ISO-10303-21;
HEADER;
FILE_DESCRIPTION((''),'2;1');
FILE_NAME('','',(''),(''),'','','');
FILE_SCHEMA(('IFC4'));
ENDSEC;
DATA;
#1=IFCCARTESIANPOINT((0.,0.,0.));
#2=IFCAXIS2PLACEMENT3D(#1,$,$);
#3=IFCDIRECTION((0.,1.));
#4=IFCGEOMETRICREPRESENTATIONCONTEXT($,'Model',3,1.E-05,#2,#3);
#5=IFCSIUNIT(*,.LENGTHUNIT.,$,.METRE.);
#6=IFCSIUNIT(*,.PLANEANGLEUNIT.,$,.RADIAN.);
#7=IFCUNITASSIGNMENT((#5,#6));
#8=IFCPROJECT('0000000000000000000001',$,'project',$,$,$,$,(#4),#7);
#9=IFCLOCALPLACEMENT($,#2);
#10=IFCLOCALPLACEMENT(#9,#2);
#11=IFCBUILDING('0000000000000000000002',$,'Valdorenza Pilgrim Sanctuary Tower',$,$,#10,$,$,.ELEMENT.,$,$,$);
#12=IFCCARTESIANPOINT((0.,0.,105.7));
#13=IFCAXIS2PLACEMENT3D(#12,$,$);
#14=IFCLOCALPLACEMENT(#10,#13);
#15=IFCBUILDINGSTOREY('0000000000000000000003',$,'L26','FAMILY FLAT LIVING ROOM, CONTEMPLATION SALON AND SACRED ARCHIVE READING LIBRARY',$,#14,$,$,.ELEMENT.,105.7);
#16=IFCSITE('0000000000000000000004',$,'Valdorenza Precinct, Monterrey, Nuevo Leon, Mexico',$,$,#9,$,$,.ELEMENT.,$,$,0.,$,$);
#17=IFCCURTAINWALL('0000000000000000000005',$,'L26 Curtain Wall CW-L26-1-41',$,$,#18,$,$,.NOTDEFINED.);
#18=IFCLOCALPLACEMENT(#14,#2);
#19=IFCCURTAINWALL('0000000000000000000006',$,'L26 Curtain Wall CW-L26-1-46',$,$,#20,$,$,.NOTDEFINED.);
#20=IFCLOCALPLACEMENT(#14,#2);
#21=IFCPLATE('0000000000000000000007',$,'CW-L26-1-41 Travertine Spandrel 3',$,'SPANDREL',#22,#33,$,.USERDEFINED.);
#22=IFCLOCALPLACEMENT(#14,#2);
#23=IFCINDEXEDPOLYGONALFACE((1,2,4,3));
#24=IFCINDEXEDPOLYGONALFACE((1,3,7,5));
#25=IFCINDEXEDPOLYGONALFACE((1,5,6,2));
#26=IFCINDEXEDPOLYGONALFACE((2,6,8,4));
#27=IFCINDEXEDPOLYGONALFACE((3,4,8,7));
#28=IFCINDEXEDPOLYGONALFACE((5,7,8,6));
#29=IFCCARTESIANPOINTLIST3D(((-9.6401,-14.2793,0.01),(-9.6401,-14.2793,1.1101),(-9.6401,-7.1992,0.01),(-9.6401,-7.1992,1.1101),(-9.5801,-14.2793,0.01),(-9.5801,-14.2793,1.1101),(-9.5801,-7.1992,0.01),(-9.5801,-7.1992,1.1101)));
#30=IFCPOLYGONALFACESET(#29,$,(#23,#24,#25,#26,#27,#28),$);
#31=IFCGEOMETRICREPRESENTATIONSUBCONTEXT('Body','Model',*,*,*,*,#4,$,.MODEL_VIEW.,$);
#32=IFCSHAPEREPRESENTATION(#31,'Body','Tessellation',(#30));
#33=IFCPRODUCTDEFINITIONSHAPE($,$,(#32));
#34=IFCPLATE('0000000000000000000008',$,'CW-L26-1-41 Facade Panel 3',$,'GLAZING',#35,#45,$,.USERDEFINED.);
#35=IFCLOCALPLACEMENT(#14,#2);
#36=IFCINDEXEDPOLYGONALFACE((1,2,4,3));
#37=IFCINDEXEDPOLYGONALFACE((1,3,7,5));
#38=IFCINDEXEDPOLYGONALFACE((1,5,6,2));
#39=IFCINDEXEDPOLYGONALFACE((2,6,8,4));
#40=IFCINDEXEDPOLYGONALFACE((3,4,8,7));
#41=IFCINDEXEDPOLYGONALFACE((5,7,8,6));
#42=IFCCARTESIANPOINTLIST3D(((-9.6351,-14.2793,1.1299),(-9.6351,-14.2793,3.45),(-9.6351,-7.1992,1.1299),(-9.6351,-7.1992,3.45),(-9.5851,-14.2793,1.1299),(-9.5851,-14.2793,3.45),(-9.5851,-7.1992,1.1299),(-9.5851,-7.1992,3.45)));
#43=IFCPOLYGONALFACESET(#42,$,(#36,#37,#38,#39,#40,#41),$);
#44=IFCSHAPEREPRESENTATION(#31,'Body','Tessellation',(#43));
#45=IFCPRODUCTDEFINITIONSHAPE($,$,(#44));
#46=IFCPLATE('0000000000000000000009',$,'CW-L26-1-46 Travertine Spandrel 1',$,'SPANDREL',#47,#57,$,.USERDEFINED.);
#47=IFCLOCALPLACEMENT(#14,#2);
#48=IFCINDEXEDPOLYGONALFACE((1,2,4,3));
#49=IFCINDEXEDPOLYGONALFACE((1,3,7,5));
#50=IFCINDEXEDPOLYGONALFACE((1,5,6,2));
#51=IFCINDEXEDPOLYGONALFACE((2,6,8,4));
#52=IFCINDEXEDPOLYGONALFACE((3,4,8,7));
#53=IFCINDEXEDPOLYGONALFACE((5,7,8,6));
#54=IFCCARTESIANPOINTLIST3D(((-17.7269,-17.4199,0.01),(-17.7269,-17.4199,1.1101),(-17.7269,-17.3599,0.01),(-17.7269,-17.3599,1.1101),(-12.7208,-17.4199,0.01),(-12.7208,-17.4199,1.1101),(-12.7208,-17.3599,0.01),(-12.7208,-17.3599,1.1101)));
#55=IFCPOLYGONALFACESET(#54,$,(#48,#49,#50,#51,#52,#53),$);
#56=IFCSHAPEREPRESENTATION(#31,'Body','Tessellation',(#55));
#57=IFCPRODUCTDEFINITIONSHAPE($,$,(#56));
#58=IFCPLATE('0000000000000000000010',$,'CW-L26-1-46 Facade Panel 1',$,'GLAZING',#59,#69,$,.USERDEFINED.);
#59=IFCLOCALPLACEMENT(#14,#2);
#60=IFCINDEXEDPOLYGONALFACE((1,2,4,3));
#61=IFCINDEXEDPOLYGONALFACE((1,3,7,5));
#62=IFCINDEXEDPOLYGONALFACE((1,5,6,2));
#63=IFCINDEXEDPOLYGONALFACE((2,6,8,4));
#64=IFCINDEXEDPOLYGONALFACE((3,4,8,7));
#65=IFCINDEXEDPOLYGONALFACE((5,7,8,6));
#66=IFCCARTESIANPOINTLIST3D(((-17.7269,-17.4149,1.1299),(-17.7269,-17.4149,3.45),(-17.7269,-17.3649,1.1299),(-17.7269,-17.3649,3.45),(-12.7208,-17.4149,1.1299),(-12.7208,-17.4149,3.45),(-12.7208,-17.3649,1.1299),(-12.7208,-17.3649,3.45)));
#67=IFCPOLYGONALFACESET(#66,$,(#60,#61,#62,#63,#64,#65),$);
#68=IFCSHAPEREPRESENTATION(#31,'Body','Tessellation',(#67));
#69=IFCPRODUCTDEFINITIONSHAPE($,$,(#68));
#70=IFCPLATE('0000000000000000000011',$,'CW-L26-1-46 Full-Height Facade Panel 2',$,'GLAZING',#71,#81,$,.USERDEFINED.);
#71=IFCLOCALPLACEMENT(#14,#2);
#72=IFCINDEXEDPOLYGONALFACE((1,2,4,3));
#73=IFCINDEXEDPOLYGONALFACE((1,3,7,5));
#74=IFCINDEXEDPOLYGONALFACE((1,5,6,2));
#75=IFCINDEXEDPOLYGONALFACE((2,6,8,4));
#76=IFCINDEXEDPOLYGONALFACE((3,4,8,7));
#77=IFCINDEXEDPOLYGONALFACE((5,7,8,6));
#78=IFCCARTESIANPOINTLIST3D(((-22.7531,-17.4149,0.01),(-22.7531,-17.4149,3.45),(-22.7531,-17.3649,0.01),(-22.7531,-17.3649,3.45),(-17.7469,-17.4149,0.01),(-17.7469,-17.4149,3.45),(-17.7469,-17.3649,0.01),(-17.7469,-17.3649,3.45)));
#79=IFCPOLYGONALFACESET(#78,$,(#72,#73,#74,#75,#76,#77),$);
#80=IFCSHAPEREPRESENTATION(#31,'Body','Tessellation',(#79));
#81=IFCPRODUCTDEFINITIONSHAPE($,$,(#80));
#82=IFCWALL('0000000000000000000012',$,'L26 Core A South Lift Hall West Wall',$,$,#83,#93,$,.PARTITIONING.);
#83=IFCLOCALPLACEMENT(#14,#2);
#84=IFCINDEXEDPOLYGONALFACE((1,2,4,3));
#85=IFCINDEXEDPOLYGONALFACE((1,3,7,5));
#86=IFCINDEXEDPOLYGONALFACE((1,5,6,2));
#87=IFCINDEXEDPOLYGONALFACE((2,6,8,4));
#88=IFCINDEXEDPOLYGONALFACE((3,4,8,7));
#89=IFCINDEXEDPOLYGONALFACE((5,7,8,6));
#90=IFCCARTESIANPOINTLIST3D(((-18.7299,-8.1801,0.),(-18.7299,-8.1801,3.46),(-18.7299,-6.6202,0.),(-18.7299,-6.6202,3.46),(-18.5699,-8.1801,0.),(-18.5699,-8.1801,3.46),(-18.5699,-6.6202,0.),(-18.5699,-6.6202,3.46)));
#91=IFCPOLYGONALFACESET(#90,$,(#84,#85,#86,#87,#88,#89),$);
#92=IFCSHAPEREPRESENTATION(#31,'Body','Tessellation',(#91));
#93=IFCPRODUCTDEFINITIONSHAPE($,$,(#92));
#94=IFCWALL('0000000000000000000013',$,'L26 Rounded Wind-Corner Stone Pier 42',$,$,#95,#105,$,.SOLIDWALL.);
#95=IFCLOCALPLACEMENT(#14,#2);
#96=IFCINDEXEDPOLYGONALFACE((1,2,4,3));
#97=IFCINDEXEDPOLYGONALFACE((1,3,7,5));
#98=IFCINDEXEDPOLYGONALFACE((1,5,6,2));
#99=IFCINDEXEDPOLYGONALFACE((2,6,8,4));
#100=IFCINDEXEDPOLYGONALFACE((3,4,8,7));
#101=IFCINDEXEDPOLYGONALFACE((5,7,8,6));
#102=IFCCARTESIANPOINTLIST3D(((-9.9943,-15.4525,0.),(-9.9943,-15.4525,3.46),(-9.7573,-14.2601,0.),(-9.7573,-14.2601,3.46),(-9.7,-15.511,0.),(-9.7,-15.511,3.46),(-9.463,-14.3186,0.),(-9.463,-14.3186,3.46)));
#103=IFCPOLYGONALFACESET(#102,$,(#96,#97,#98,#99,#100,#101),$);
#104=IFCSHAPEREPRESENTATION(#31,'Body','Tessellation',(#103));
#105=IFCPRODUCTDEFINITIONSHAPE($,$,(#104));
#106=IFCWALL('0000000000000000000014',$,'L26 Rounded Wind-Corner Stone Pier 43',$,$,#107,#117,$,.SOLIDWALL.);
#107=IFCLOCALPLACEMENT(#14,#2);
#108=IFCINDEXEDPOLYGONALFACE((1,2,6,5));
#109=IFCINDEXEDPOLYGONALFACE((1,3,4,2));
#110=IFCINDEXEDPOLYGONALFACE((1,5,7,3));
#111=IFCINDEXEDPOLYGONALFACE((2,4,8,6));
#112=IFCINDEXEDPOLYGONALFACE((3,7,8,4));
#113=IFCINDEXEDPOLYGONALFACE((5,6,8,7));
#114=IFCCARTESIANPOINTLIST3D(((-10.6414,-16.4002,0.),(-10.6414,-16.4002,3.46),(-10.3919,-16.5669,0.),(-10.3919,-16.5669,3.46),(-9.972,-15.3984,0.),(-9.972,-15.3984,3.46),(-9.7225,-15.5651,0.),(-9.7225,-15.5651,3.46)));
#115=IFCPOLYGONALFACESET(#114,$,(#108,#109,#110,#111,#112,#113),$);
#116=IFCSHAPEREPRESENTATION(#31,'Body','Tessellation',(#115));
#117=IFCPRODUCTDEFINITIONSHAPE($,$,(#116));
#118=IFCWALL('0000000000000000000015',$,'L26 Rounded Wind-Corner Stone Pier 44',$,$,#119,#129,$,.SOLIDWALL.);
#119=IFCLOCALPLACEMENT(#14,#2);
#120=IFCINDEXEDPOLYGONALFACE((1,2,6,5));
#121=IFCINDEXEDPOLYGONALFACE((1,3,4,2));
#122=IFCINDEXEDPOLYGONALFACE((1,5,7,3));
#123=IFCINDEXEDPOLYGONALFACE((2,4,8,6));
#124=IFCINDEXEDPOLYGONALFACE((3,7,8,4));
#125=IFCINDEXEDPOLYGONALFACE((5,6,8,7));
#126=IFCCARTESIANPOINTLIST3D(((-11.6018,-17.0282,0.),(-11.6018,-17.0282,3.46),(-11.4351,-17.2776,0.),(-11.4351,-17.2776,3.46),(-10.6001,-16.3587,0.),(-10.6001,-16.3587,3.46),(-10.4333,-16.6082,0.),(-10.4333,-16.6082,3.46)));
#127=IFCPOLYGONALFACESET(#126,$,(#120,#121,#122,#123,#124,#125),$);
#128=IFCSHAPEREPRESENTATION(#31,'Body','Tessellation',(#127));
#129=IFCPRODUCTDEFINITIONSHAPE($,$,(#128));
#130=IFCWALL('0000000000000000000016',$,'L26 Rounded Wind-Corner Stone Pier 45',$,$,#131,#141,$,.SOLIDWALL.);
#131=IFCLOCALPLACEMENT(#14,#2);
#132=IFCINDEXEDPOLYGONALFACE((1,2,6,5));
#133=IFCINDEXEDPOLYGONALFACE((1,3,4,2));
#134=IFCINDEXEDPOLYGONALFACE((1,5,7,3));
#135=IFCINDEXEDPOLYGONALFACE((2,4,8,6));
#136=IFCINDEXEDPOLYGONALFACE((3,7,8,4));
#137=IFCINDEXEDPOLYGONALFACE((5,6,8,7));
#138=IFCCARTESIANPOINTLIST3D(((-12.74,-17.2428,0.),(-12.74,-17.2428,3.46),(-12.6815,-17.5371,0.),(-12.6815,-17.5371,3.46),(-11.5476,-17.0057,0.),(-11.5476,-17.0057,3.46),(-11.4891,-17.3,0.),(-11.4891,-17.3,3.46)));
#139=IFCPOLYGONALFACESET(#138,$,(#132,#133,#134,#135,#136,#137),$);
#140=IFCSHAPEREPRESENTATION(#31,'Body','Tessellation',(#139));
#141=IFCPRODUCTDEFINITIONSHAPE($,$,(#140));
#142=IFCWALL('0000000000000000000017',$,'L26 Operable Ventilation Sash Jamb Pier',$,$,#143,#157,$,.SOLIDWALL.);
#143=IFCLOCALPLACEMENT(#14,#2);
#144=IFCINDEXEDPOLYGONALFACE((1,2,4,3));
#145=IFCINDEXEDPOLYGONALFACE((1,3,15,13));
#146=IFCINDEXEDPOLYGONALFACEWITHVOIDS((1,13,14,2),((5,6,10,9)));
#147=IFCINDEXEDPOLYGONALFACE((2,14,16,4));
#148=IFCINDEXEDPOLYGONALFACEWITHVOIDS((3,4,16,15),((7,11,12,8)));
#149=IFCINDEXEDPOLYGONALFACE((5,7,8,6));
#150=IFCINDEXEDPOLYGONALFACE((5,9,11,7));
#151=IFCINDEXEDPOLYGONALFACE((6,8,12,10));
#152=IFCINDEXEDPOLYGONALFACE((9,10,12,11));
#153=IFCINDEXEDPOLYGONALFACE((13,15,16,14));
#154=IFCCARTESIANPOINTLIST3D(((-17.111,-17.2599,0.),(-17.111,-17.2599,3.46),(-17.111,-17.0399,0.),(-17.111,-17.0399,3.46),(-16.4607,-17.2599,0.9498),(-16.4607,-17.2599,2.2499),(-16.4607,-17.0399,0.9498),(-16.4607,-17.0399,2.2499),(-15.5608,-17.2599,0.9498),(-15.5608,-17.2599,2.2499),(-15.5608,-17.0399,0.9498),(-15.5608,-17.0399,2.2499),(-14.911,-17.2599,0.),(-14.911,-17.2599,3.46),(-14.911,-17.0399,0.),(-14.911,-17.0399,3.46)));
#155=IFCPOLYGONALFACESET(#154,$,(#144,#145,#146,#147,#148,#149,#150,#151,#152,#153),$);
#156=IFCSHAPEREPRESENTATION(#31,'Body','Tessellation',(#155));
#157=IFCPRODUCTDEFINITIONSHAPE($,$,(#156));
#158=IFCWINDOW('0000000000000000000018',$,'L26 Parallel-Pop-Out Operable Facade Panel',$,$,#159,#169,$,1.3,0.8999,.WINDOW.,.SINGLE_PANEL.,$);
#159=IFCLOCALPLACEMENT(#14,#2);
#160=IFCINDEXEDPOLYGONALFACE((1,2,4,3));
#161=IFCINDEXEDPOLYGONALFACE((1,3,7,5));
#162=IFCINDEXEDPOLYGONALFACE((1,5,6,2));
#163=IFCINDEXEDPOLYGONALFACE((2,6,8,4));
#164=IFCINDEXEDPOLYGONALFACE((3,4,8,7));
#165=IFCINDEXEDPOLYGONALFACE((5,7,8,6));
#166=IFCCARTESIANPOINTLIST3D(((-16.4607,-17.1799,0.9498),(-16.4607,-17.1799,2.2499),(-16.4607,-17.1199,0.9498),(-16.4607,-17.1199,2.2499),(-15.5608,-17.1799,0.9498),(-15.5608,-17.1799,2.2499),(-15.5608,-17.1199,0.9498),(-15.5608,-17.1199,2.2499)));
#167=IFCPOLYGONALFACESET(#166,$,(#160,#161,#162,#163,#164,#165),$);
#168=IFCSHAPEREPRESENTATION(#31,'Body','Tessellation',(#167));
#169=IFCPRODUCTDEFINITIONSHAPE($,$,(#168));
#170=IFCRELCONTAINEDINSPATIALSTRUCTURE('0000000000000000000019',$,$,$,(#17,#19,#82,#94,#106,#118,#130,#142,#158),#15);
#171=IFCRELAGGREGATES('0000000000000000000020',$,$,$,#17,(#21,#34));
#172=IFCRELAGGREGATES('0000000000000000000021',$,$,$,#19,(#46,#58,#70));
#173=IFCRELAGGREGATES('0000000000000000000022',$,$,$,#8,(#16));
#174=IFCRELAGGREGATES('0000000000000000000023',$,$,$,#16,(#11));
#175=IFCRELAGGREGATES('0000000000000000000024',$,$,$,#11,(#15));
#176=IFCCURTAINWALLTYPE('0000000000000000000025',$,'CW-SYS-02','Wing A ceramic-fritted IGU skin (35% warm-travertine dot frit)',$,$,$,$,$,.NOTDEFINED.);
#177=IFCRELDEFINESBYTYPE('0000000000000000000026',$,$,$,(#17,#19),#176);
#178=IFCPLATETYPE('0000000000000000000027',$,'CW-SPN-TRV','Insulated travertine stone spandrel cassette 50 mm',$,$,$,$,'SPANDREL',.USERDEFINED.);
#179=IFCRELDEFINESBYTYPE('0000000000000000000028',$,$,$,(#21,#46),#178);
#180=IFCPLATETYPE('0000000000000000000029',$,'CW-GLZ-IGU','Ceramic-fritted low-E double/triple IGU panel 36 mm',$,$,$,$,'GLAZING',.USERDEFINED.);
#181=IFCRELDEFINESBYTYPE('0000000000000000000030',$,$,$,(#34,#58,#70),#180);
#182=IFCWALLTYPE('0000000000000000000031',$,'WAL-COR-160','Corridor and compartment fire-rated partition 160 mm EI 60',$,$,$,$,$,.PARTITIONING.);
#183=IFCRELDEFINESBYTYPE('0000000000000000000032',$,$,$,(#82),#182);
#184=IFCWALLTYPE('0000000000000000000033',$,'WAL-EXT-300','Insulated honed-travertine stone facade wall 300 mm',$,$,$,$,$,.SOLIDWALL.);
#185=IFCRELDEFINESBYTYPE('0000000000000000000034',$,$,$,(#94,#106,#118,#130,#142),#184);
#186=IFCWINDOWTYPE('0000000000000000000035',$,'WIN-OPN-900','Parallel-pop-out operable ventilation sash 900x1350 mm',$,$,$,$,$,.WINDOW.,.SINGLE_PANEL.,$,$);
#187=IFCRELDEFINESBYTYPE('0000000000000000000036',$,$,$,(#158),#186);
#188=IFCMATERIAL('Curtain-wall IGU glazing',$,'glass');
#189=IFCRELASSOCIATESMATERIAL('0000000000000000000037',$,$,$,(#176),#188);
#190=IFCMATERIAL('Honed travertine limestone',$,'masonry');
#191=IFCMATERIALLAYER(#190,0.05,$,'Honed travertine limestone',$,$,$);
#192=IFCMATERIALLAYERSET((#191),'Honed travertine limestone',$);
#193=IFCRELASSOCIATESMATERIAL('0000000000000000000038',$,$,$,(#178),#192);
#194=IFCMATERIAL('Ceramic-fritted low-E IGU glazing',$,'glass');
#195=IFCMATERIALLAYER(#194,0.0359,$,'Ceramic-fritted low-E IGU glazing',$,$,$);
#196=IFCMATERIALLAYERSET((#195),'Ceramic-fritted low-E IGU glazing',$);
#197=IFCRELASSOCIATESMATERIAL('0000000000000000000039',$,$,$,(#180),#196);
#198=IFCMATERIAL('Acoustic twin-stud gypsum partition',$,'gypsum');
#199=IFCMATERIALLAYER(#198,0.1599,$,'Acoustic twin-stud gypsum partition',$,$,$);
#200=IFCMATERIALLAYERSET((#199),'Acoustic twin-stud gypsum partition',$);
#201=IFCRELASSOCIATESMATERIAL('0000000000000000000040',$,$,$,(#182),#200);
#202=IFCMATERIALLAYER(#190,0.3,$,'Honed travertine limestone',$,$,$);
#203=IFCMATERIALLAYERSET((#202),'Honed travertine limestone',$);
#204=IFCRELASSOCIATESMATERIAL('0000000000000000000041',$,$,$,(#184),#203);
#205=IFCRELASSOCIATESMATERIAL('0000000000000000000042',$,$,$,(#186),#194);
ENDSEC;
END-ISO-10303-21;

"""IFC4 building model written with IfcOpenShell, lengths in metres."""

from ifc_helpers import new_model, si_unit, direction, frame, frame_2d, origin, origin_2d, place, context, subcontext, project, spatial, rectangle, extrude, source, transform, mapped, material, layer, layer_set, type_object, element, fill, aggregate, save


model = new_model("IFC4")

# Units and contexts
model_context = context("Model", 3, precision=1e-05, world=origin(), true_north=direction((0.0, 1.0)))
body_context = subcontext(model_context, "Body", "Model", "MODEL_VIEW")
ifc_project = project(units=[si_unit("LENGTHUNIT", "METRE"), si_unit("PLANEANGLEUNIT", "RADIAN")], contexts=[model_context])

# Site, building, storey
site_placement = place(None, origin())
site = spatial("IfcSite", under=ifc_project, at=site_placement, Name="Valdorenza Precinct, Monterrey, Nuevo Leon, Mexico", CompositionType="ELEMENT", RefElevation=0.0)
building_placement = place(site_placement, origin())
building = spatial("IfcBuilding", under=site, at=building_placement, Name="Valdorenza Pilgrim Sanctuary Tower", CompositionType="ELEMENT")
storey_placement = place(building_placement, frame((0.0, 0.0, 105.7)))
storey = spatial("IfcBuildingStorey", under=building, at=storey_placement, Name="L26", Description="FAMILY FLAT LIVING ROOM, CONTEMPLATION SALON AND SACRED ARCHIVE READING LIBRARY", CompositionType="ELEMENT", Elevation=105.7)

# Curtain walls
ifc_material_1 = material(Name="Curtain-wall IGU glazing", Category="glass")
curtain_wall_type = type_object("IfcCurtainWallType", Name="CW-SYS-02", Description="Wing A ceramic-fritted IGU skin (35% warm-travertine dot frit)", PredefinedType="NOTDEFINED", material=ifc_material_1)
curtain_wall_1_placement = place(storey_placement, origin())
curtain_wall_1 = element("IfcCurtainWall", 1, at=curtain_wall_1_placement, inside=storey, type_object=curtain_wall_type, Name="L26 Curtain Wall CW-L26-1-41", PredefinedType="NOTDEFINED")
curtain_wall_2_placement = place(storey_placement, origin())
curtain_wall_2 = element("IfcCurtainWall", 2, at=curtain_wall_2_placement, inside=storey, type_object=curtain_wall_type, Name="L26 Curtain Wall CW-L26-1-46", PredefinedType="NOTDEFINED")

# Plates
ifc_material_2 = material(Name="Honed travertine limestone", Category="masonry")
ifc_layer_1 = layer(ifc_material_2, 0.05, Name="Honed travertine limestone")
ifc_layer_set_1 = layer_set([ifc_layer_1], Name="Honed travertine limestone")
plate_type_1 = type_object("IfcPlateType", Name="CW-SPN-TRV", Description="Insulated travertine stone spandrel cassette 50 mm", ElementType="SPANDREL", PredefinedType="USERDEFINED", material=ifc_layer_set_1)
shared_shape_1 = source(origin(), body_context, "Body", "SweptSolid", [
    extrude(rectangle(XDim=7.0801, YDim=0.0601, at=origin_2d()), origin(), (0.0, 0.0, 1.0), 1.1001),
])
plate_1_placement = place(storey_placement, frame((-9.6101, -10.7393, 0.01), z_axis=(0.0, 0.0, 1.0), x_axis=(0.0, -1.0, 0.0)))
plate_1 = element("IfcPlate", 3, at=plate_1_placement, type_object=plate_type_1, Name="CW-L26-1-41 Travertine Spandrel 3", ObjectType="SPANDREL", PredefinedType="USERDEFINED", context=body_context, shape_type="MappedRepresentation", body=[
    mapped(shared_shape_1, transform((0.0, 0.0, 0.0), x_axis=(1.0, 0.0, 0.0), y_axis=(0.0, 1.0, 0.0), z_axis=(0.0, 0.0, 1.0), scale=1.0)),
])
ifc_material_3 = material(Name="Ceramic-fritted low-E IGU glazing", Category="glass")
ifc_layer_2 = layer(ifc_material_3, 0.0359, Name="Ceramic-fritted low-E IGU glazing")
ifc_layer_set_2 = layer_set([ifc_layer_2], Name="Ceramic-fritted low-E IGU glazing")
plate_type_2 = type_object("IfcPlateType", Name="CW-GLZ-IGU", Description="Ceramic-fritted low-E double/triple IGU panel 36 mm", ElementType="GLAZING", PredefinedType="USERDEFINED", material=ifc_layer_set_2)
shared_shape_2 = source(origin(), body_context, "Body", "SweptSolid", [
    extrude(rectangle(XDim=7.0801, YDim=0.05, at=origin_2d()), origin(), (0.0, 0.0, 1.0), 2.3201),
])
plate_2_placement = place(storey_placement, frame((-9.6101, -10.7393, 1.1299), z_axis=(0.0, 0.0, 1.0), x_axis=(0.0, -1.0, 0.0)))
plate_2 = element("IfcPlate", 4, at=plate_2_placement, type_object=plate_type_2, Name="CW-L26-1-41 Facade Panel 3", ObjectType="GLAZING", PredefinedType="USERDEFINED", context=body_context, shape_type="MappedRepresentation", body=[
    mapped(shared_shape_2, transform((0.0, 0.0, 0.0), x_axis=(1.0, 0.0, 0.0), y_axis=(0.0, 1.0, 0.0), z_axis=(0.0, 0.0, 1.0), scale=1.0)),
])
aggregate(curtain_wall_1, [plate_1, plate_2])
shared_shape_3 = source(origin(), body_context, "Body", "SweptSolid", [
    extrude(rectangle(XDim=5.0061, YDim=0.0601, at=origin_2d()), origin(), (0.0, 0.0, 1.0), 1.1001),
])
plate_3_placement = place(storey_placement, frame((-15.2239, -17.3899, 0.01), z_axis=(0.0, 0.0, 1.0), x_axis=(-1.0, 0.0, 0.0)))
plate_3 = element("IfcPlate", 5, at=plate_3_placement, type_object=plate_type_1, Name="CW-L26-1-46 Travertine Spandrel 1", ObjectType="SPANDREL", PredefinedType="USERDEFINED", context=body_context, shape_type="MappedRepresentation", body=[
    mapped(shared_shape_3, transform((0.0, 0.0, 0.0), x_axis=(1.0, 0.0, 0.0), y_axis=(0.0, 1.0, 0.0), z_axis=(0.0, 0.0, 1.0), scale=1.0)),
])
shared_shape_4 = source(origin(), body_context, "Body", "SweptSolid", [
    extrude(rectangle(XDim=5.0061, YDim=0.05, at=origin_2d()), origin(), (0.0, 0.0, 1.0), 2.3201),
])
plate_4_placement = place(storey_placement, frame((-15.2239, -17.3899, 1.1299), z_axis=(0.0, 0.0, 1.0), x_axis=(-1.0, 0.0, 0.0)))
plate_4 = element("IfcPlate", 6, at=plate_4_placement, type_object=plate_type_2, Name="CW-L26-1-46 Facade Panel 1", ObjectType="GLAZING", PredefinedType="USERDEFINED", context=body_context, shape_type="MappedRepresentation", body=[
    mapped(shared_shape_4, transform((0.0, 0.0, 0.0), x_axis=(1.0, 0.0, 0.0), y_axis=(0.0, 1.0, 0.0), z_axis=(0.0, 0.0, 1.0), scale=1.0)),
])
shared_shape_5 = source(origin(), body_context, "Body", "SweptSolid", [
    extrude(rectangle(XDim=5.0061, YDim=0.05, at=origin_2d()), origin(), (0.0, 0.0, 1.0), 3.4399),
])
plate_5_placement = place(storey_placement, frame((-20.25, -17.3899, 0.01), z_axis=(0.0, 0.0, 1.0), x_axis=(-1.0, 0.0, 0.0)))
plate_5 = element("IfcPlate", 7, at=plate_5_placement, type_object=plate_type_2, Name="CW-L26-1-46 Full-Height Facade Panel 2", ObjectType="GLAZING", PredefinedType="USERDEFINED", context=body_context, shape_type="MappedRepresentation", body=[
    mapped(shared_shape_5, transform((0.0, 0.0, 0.0), x_axis=(1.0, 0.0, 0.0), y_axis=(0.0, 1.0, 0.0), z_axis=(0.0, 0.0, 1.0), scale=1.0)),
])
aggregate(curtain_wall_2, [plate_3, plate_4, plate_5])

# Walls
ifc_material_4 = material(Name="Acoustic twin-stud gypsum partition", Category="gypsum")
ifc_layer_3 = layer(ifc_material_4, 0.1599, Name="Acoustic twin-stud gypsum partition")
ifc_layer_set_3 = layer_set([ifc_layer_3], Name="Acoustic twin-stud gypsum partition")
wall_type_1 = type_object("IfcWallType", Name="WAL-COR-160", Description="Corridor and compartment fire-rated partition 160 mm EI 60", PredefinedType="PARTITIONING", material=ifc_layer_set_3)
wall_1_placement = place(storey_placement, frame((-18.6499, -8.1799, 0.0), z_axis=(0.0, 0.0, 1.0), x_axis=(0.0, 1.0, 0.0)))
element("IfcWall", 8, at=wall_1_placement, inside=storey, type_object=wall_type_1, Name="L26 Core A South Lift Hall West Wall", PredefinedType="PARTITIONING", context=body_context, shape_type="SweptSolid", body=[
    extrude(rectangle(XDim=1.5598, YDim=0.1599, at=frame_2d((0.7798, 0.0))), origin(), (0.0, 0.0, 1.0), 3.46),
])
ifc_layer_4 = layer(ifc_material_2, 0.3, Name="Honed travertine limestone")
ifc_layer_set_4 = layer_set([ifc_layer_4], Name="Honed travertine limestone")
wall_type_2 = type_object("IfcWallType", Name="WAL-EXT-300", Description="Insulated honed-travertine stone facade wall 300 mm", PredefinedType="SOLIDWALL", material=ifc_layer_set_4)
wall_2_placement = place(storey_placement, frame((-9.6101, -14.2893, 0.0), z_axis=(0.0, 0.0, 1.0), x_axis=(-0.194996, -0.980804, 0.0)))
element("IfcWall", 9, at=wall_2_placement, inside=storey, type_object=wall_type_2, Name="L26 Rounded Wind-Corner Stone Pier 42", PredefinedType="SOLIDWALL", context=body_context, shape_type="SweptSolid", body=[
    extrude(rectangle(XDim=1.2158, YDim=0.3, at=frame_2d((0.6079, 0.0))), origin(), (0.0, 0.0, 1.0), 3.46),
])
for number, where, z_axis, x_axis, name in (
    (10, (-9.8472, -15.4817, 0.0), (0.0, 0.0, 1.0), (-0.555635, -0.831426, 0.0), "L26 Rounded Wind-Corner Stone Pier 43"),
    (11, (-10.5166, -16.4834, 0.0), (0.0, 0.0, 1.0), (-0.831426, -0.555635, 0.0), "L26 Rounded Wind-Corner Stone Pier 44"),
):
    element("IfcWall", number, at=place(storey_placement, frame(where, z_axis=z_axis, x_axis=x_axis)), inside=storey, type_object=wall_type_2, Name=name, PredefinedType="SOLIDWALL", context=body_context, shape_type="SweptSolid", body=[
        extrude(rectangle(XDim=1.2048, YDim=0.3, at=frame_2d((0.6025, 0.0))), origin(), (0.0, 0.0, 1.0), 3.46),
    ])
wall_3_placement = place(storey_placement, frame((-11.5183, -17.1528, 0.0), z_axis=(0.0, 0.0, 1.0), x_axis=(-0.980804, -0.194996, 0.0)))
element("IfcWall", 12, at=wall_3_placement, inside=storey, type_object=wall_type_2, Name="L26 Rounded Wind-Corner Stone Pier 45", PredefinedType="SOLIDWALL", context=body_context, shape_type="SweptSolid", body=[
    extrude(rectangle(XDim=1.2158, YDim=0.3, at=frame_2d((0.6079, 0.0))), origin(), (0.0, 0.0, 1.0), 3.46),
])

# Wall, opening, window
wall_4_placement = place(storey_placement, frame((-14.9109, -17.1499, 0.0), z_axis=(0.0, 0.0, 1.0), x_axis=(-1.0, 0.0, 0.0)))
wall_4 = element("IfcWall", 13, at=wall_4_placement, inside=storey, type_object=wall_type_2, Name="L26 Operable Ventilation Sash Jamb Pier", PredefinedType="SOLIDWALL", context=body_context, shape_type="SweptSolid", body=[
    extrude(rectangle(XDim=2.2, YDim=0.22, at=frame_2d((1.1001, 0.0))), origin(), (0.0, 0.0, 1.0), 3.46),
])
opening_1_placement = place(wall_4_placement, frame((0.6499, 0.0, 0.95)))
opening_1 = element("IfcOpeningElement", 14, at=opening_1_placement, cuts=wall_4, PredefinedType="OPENING", context=body_context, shape_type="SweptSolid", body=[
    extrude(rectangle(XDim=0.8999, YDim=1.3, at=frame_2d((0.45, 0.6499))), frame((0.0, 0.125, 0.0), z_axis=(0.0, -1.0, 0.0), x_axis=(1.0, 0.0, 0.0)), (0.0, 0.0, 1.0), 0.2498),
])
window_type = type_object("IfcWindowType", Name="WIN-OPN-900", Description="Parallel-pop-out operable ventilation sash 900x1350 mm", PartitioningType="SINGLE_PANEL", PredefinedType="WINDOW", material=ifc_material_3)
window_placement = place(opening_1_placement, origin())
window = element("IfcWindow", 15, at=window_placement, inside=storey, type_object=window_type, Name="L26 Parallel-Pop-Out Operable Facade Panel", OverallHeight=1.3, OverallWidth=0.8999, PartitioningType="SINGLE_PANEL", PredefinedType="WINDOW", context=body_context, shape_type="SweptSolid", body=[
    extrude(rectangle(XDim=0.8999, YDim=1.3, at=frame_2d((0.45, 0.6499))), frame((0.0, 0.03, 0.0), z_axis=(0.0, -1.0, 0.0), x_axis=(1.0, 0.0, 0.0)), (0.0, 0.0, 1.0), 0.0601),
])
fill(opening_1, window)

save(model, "model.ifc")
